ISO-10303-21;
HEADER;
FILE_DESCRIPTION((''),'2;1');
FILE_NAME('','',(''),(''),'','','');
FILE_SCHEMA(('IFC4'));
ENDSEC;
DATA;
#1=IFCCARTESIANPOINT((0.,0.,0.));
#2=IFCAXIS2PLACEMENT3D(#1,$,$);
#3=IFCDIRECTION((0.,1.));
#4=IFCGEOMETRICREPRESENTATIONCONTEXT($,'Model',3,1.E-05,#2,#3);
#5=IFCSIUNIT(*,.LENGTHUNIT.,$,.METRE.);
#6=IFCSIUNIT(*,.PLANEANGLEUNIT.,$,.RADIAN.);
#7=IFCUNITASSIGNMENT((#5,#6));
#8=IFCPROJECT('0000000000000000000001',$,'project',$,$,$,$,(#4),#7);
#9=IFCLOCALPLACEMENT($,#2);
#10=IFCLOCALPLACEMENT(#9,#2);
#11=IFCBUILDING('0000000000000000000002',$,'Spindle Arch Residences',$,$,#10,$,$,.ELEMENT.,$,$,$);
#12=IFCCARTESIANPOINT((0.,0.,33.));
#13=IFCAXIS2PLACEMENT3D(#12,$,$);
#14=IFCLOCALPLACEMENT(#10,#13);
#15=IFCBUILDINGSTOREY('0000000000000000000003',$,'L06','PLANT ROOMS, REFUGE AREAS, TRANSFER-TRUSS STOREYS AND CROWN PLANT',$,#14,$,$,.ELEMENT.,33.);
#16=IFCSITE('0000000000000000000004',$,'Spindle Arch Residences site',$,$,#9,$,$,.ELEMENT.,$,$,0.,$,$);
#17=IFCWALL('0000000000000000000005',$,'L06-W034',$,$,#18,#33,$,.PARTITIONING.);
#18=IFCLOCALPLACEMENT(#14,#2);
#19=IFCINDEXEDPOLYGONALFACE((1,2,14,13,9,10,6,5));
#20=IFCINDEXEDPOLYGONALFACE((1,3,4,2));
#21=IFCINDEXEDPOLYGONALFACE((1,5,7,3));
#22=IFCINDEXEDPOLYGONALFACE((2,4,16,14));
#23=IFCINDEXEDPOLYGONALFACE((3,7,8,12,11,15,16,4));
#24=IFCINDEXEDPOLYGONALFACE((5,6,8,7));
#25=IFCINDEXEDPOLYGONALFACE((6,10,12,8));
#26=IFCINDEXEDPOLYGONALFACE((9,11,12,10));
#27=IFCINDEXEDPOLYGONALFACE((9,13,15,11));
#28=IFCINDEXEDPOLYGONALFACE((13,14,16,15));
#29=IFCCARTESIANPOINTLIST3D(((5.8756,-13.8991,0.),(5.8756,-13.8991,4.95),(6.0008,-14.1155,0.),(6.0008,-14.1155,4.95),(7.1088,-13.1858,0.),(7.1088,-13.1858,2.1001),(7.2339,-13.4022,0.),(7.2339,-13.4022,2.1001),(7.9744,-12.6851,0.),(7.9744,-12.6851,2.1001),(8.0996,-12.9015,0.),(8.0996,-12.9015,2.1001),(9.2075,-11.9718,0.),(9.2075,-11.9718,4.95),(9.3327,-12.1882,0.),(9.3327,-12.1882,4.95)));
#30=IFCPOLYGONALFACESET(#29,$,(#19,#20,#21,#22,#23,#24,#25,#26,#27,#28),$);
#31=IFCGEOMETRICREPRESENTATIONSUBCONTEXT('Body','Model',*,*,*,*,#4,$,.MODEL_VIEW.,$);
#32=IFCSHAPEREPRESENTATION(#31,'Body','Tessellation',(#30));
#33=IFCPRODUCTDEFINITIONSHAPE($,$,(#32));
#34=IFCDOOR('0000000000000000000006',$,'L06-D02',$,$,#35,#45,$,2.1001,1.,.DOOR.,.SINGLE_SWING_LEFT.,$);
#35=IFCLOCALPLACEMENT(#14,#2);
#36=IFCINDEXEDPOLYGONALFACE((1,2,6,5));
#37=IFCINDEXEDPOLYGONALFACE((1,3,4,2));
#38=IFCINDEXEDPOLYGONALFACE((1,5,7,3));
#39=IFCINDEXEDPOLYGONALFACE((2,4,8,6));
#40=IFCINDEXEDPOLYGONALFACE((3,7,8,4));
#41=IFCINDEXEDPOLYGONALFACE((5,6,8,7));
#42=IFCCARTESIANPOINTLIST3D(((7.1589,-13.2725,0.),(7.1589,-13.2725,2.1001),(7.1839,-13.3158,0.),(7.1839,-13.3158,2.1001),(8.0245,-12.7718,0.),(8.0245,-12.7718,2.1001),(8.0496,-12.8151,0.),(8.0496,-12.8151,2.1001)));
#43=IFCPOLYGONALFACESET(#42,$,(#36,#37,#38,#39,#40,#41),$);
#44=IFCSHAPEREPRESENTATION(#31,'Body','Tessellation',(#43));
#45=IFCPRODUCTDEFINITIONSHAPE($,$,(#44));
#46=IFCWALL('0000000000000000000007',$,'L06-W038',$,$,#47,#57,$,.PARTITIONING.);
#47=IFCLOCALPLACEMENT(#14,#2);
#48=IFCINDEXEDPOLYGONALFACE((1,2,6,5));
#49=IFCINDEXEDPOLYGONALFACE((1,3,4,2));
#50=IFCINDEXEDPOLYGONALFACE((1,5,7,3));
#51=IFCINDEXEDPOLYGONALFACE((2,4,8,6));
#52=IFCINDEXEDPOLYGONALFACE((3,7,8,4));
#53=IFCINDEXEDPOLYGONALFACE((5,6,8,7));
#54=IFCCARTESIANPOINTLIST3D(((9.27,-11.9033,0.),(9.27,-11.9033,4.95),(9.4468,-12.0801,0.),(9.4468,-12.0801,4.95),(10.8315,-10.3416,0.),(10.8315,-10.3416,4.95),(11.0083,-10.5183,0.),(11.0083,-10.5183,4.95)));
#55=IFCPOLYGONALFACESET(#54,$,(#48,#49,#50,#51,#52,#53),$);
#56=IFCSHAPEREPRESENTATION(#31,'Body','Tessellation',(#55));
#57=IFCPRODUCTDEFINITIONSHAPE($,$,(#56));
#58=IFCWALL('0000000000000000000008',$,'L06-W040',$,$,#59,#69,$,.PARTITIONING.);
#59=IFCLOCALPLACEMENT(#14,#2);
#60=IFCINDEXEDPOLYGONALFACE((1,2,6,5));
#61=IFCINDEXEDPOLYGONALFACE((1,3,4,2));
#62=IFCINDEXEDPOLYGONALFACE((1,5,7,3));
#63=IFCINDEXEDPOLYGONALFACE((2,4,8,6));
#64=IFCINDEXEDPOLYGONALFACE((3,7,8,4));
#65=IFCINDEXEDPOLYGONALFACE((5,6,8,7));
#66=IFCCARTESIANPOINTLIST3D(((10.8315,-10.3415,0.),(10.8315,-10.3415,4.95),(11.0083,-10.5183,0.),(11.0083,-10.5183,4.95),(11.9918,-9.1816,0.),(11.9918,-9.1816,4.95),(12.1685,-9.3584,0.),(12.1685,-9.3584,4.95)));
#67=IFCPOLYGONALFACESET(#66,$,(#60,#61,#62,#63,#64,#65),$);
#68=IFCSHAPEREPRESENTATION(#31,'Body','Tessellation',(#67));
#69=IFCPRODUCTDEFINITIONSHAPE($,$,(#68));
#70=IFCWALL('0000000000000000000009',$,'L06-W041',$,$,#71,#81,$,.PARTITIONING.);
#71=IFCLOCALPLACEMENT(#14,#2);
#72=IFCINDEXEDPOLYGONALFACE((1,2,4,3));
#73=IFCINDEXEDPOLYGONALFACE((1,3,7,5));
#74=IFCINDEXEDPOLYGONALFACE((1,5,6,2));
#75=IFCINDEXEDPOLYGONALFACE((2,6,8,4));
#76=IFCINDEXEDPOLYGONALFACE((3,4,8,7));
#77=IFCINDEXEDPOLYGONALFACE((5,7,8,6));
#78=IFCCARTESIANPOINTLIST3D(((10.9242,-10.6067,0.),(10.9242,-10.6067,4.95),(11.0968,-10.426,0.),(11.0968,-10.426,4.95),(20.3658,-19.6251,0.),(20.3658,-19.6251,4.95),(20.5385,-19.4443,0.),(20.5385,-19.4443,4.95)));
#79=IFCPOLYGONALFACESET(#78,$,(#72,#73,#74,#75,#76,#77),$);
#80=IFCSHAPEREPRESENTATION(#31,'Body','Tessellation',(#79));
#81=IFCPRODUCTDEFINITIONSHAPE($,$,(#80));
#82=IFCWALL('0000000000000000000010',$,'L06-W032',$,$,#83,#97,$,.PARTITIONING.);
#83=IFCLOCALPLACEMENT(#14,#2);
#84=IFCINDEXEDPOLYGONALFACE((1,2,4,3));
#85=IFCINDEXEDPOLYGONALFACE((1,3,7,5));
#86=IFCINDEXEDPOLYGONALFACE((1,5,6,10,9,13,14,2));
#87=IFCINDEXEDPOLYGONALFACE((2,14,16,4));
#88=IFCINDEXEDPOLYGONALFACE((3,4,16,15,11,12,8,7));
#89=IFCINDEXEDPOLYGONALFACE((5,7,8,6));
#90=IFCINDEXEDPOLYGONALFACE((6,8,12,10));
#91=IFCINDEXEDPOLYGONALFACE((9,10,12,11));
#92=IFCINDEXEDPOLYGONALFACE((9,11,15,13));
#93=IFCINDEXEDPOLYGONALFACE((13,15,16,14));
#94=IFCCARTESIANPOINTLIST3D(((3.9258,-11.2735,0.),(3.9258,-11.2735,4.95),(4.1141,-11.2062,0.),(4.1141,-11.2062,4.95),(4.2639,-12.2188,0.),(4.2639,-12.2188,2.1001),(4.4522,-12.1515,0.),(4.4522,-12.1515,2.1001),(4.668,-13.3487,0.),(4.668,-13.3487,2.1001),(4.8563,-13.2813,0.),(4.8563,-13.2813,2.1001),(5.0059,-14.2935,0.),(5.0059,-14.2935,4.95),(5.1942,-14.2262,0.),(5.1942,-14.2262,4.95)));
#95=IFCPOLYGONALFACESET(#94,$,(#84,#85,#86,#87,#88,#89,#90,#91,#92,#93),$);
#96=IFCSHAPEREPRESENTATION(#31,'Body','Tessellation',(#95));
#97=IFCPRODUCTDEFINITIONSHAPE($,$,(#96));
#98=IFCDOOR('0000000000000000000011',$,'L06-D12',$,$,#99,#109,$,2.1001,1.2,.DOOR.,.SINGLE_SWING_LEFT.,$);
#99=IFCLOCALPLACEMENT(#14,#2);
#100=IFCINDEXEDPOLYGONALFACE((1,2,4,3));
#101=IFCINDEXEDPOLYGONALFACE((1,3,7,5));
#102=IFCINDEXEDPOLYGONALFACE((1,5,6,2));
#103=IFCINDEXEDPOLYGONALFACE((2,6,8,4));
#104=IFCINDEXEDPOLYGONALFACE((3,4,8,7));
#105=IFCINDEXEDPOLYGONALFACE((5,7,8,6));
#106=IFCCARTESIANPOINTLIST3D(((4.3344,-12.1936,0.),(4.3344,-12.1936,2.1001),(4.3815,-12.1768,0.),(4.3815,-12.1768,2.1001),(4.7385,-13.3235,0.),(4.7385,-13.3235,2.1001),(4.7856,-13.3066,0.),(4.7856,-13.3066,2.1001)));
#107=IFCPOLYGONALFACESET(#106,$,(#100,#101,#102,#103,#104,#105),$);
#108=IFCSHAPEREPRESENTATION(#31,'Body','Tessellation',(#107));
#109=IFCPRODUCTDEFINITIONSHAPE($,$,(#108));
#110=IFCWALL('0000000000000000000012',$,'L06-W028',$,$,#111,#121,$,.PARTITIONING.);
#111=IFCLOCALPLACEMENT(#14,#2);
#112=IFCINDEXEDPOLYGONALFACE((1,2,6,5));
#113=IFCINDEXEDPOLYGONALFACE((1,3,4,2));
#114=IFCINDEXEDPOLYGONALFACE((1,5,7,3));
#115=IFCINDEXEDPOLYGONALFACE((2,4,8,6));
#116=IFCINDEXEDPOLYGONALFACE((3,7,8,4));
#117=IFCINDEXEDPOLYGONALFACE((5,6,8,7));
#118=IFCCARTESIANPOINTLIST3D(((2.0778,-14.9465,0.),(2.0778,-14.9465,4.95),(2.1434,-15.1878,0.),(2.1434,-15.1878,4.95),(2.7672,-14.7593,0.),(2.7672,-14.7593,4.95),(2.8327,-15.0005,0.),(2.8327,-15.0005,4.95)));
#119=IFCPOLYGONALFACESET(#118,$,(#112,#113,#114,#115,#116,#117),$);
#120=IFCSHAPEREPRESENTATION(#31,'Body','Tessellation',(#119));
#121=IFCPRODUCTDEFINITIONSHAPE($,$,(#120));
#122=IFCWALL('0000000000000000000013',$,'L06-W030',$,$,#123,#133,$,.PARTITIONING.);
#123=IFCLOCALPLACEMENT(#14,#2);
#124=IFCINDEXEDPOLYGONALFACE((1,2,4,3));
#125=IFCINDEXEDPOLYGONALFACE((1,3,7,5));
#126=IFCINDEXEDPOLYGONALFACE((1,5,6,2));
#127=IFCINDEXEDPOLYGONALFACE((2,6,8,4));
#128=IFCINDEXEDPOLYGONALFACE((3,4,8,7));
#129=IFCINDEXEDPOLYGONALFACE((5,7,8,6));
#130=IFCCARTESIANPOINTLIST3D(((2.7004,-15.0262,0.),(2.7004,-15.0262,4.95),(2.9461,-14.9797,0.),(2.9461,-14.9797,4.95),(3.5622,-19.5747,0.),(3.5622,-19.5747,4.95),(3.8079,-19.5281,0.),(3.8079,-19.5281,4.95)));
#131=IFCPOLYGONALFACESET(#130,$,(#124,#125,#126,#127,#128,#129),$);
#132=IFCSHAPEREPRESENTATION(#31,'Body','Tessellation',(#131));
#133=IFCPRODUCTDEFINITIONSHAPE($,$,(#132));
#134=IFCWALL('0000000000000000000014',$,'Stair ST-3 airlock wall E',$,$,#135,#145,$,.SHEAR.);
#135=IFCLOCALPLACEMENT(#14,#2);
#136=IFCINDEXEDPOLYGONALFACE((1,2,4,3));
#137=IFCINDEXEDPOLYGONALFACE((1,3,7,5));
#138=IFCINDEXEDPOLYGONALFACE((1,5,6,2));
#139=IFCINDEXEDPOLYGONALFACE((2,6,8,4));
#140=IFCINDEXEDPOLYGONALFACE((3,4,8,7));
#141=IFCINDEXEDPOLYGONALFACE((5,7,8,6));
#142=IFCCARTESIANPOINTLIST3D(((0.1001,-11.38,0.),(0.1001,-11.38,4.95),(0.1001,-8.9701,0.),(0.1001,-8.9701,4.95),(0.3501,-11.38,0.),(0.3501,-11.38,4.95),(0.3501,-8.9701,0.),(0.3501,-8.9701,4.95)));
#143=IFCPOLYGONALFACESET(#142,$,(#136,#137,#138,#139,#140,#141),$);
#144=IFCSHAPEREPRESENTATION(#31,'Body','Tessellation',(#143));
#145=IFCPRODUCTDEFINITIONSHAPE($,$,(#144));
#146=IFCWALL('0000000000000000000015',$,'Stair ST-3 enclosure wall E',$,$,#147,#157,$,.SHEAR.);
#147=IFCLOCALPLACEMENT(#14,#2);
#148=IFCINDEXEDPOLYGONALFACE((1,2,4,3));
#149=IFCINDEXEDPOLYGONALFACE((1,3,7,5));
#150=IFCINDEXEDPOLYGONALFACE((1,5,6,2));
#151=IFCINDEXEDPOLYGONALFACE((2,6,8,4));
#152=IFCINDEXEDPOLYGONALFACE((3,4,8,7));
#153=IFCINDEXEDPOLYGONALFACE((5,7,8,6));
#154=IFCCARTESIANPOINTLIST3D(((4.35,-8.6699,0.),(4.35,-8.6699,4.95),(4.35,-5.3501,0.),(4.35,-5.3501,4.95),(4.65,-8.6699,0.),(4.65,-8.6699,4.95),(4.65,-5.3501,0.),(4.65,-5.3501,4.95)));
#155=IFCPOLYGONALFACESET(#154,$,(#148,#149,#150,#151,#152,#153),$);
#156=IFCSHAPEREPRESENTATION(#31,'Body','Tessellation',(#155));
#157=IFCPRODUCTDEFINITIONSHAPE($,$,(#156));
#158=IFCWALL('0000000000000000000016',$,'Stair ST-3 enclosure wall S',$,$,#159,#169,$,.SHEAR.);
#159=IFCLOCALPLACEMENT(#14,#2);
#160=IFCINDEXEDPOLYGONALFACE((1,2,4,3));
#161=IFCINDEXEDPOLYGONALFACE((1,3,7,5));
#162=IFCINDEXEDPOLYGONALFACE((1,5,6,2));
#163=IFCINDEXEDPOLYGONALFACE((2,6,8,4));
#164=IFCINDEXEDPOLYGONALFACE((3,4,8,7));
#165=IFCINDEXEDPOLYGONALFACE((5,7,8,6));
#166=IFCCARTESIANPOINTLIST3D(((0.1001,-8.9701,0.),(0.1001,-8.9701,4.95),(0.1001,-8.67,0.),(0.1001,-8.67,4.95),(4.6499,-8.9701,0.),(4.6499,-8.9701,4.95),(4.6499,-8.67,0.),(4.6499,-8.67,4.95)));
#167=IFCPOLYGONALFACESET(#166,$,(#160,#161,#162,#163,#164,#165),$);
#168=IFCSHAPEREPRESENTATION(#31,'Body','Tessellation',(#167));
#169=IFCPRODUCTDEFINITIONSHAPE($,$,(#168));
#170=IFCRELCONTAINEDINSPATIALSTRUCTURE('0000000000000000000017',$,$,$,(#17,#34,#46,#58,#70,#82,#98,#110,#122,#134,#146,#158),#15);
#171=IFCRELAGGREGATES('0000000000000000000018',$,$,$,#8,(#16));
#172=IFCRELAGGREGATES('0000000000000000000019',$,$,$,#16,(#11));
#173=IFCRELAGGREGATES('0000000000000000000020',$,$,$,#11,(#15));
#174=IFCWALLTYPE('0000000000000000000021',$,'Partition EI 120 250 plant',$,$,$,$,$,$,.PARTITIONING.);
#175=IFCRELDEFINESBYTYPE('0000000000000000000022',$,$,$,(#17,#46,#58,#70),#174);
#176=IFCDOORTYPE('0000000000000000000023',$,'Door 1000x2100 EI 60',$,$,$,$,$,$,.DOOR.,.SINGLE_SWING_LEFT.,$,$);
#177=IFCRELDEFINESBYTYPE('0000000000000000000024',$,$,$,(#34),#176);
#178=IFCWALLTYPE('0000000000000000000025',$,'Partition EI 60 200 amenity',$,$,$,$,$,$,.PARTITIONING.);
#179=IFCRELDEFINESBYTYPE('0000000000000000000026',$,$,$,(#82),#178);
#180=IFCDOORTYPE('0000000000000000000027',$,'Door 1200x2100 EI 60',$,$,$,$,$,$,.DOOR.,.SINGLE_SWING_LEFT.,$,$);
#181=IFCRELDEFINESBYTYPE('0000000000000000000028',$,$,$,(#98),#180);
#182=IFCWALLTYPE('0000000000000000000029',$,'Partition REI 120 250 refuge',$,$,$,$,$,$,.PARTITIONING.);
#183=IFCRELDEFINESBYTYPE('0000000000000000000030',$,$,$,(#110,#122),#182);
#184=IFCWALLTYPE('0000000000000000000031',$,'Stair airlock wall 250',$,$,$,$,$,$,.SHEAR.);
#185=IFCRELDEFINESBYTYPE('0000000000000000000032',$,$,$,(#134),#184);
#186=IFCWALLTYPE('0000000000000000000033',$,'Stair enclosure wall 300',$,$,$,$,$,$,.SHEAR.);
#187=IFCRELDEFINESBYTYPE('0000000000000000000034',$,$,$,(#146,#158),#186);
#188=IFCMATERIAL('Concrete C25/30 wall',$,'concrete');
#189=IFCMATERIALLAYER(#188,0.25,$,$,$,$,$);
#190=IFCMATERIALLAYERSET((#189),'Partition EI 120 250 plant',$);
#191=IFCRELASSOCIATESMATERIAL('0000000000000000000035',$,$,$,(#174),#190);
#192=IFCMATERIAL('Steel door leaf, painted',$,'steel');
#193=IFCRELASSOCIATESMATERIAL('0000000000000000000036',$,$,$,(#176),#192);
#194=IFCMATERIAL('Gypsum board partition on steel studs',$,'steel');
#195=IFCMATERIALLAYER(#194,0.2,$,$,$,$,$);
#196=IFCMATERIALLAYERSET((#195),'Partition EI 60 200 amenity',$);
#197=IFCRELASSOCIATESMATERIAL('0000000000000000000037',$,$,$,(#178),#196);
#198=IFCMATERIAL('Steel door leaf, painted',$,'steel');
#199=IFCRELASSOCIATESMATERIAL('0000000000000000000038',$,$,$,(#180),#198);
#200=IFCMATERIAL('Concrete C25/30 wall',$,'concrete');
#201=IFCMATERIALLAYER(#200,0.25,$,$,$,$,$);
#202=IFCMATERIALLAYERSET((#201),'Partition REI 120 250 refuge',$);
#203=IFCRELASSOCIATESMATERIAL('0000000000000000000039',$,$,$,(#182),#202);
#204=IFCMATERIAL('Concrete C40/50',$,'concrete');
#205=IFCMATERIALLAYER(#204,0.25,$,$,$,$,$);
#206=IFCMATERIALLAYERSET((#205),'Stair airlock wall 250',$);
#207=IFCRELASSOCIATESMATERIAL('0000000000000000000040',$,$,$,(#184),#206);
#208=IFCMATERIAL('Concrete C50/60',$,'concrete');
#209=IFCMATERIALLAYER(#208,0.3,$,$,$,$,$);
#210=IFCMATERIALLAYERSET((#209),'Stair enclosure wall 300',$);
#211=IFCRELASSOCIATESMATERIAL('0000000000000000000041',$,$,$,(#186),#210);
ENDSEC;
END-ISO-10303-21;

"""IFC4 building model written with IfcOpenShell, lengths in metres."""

from ifc_helpers import new_model, si_unit, direction, frame, frame_2d, origin, place, context, subcontext, project, spatial, rectangle, extrude, material, layer, layer_set, type_object, element, fill, save


model = new_model("IFC4")

# Units and contexts
model_context = context("Model", 3, precision=1e-05, world=origin(), true_north=direction((0.0, 1.0)))
body_context = subcontext(model_context, "Body", "Model", "MODEL_VIEW")
ifc_project = project(units=[si_unit("LENGTHUNIT", "METRE"), si_unit("PLANEANGLEUNIT", "RADIAN")], contexts=[model_context])

# Site, building, storey
site_placement = place(None, origin())
site = spatial("IfcSite", under=ifc_project, at=site_placement, Name="Spindle Arch Residences site", CompositionType="ELEMENT", RefElevation=0.0)
building_placement = place(site_placement, origin())
building = spatial("IfcBuilding", under=site, at=building_placement, Name="Spindle Arch Residences", CompositionType="ELEMENT")
storey_placement = place(building_placement, frame((0.0, 0.0, 33.0)))
storey = spatial("IfcBuildingStorey", under=building, at=storey_placement, Name="L06", Description="PLANT ROOMS, REFUGE AREAS, TRANSFER-TRUSS STOREYS AND CROWN PLANT", CompositionType="ELEMENT", Elevation=33.0)

# Shared definitions
ifc_material_1 = material(Name="Concrete C25/30 wall", Category="concrete")
ifc_layer_1 = layer(ifc_material_1, 0.25)
ifc_layer_set_1 = layer_set([ifc_layer_1], Name="Partition EI 120 250 plant")
wall_type_1 = type_object("IfcWallType", Name="Partition EI 120 250 plant", PredefinedType="PARTITIONING", material=ifc_layer_set_1)

# Wall, opening, door
wall_1_placement = place(storey_placement, frame((5.9382, -14.0073, 0.0), z_axis=(0.0, 0.0, 1.0), x_axis=(0.865616, 0.500709, 0.0)))
wall_1 = element("IfcWall", 1, at=wall_1_placement, inside=storey, type_object=wall_type_1, Name="L06-W034", PredefinedType="PARTITIONING", context=body_context, shape_type="SweptSolid", body=[
    extrude(rectangle(XDim=3.8491, YDim=0.25, at=frame_2d((1.9246, 0.0))), origin(), (0.0, 0.0, 1.0), 4.95),
])
opening_1_placement = place(wall_1_placement, frame((1.4246, 0.0, 0.0)))
opening_1 = element("IfcOpeningElement", 2, at=opening_1_placement, cuts=wall_1, PredefinedType="OPENING", context=body_context, shape_type="SweptSolid", body=[
    extrude(rectangle(XDim=1.0, YDim=2.1001, at=frame_2d((0.5, 1.05))), frame((0.0, 0.135, 0.0), z_axis=(0.0, -1.0, 0.0), x_axis=(1.0, 0.0, 0.0)), (0.0, 0.0, 1.0), 0.27),
])
ifc_material_2 = material(Name="Steel door leaf, painted", Category="steel")
door_type_1 = type_object("IfcDoorType", Name="Door 1000x2100 EI 60", OperationType="SINGLE_SWING_LEFT", PredefinedType="DOOR", material=ifc_material_2)
door_1_placement = place(opening_1_placement, origin())
door_1 = element("IfcDoor", 3, at=door_1_placement, inside=storey, type_object=door_type_1, Name="L06-D02", OperationType="SINGLE_SWING_LEFT", OverallHeight=2.1001, OverallWidth=1.0, PredefinedType="DOOR", context=body_context, shape_type="SweptSolid", body=[
    extrude(rectangle(XDim=1.0, YDim=2.1001, at=frame_2d((0.5, 1.05))), frame((0.0, 0.0249, 0.0), z_axis=(0.0, -1.0, 0.0), x_axis=(1.0, 0.0, 0.0)), (0.0, 0.0, 1.0), 0.05),
])
fill(opening_1, door_1)

# Walls
wall_2_placement = place(storey_placement, frame((9.3584, -11.9917, 0.0), z_axis=(0.0, 0.0, 1.0), x_axis=(0.707052, 0.707162, 0.0)))
element("IfcWall", 4, at=wall_2_placement, inside=storey, type_object=wall_type_1, Name="L06-W038", PredefinedType="PARTITIONING", context=body_context, shape_type="SweptSolid", body=[
    extrude(rectangle(XDim=2.2085, YDim=0.25, at=frame_2d((1.1042, 0.0))), origin(), (0.0, 0.0, 1.0), 4.95),
])
wall_3_placement = place(storey_placement, frame((10.9199, -10.4299, 0.0), z_axis=(0.0, 0.0, 1.0), x_axis=(0.707181, 0.707032, 0.0)))
element("IfcWall", 5, at=wall_3_placement, inside=storey, type_object=wall_type_1, Name="L06-W040", PredefinedType="PARTITIONING", context=body_context, shape_type="SweptSolid", body=[
    extrude(rectangle(XDim=1.6406, YDim=0.25, at=frame_2d((0.8203, 0.0))), origin(), (0.0, 0.0, 1.0), 4.95),
])
wall_4_placement = place(storey_placement, frame((11.0105, -10.5164, 0.0), z_axis=(0.0, 0.0, 1.0), x_axis=(0.723133, -0.690709, 0.0)))
element("IfcWall", 6, at=wall_4_placement, inside=storey, type_object=wall_type_1, Name="L06-W041", PredefinedType="PARTITIONING", context=body_context, shape_type="SweptSolid", body=[
    extrude(rectangle(XDim=13.0566, YDim=0.25, at=frame_2d((6.5283, 0.0))), origin(), (0.0, 0.0, 1.0), 4.95),
])

# Wall, opening, door
ifc_material_3 = material(Name="Gypsum board partition on steel studs", Category="steel")
ifc_layer_2 = layer(ifc_material_3, 0.2)
ifc_layer_set_2 = layer_set([ifc_layer_2], Name="Partition EI 60 200 amenity")
wall_type_2 = type_object("IfcWallType", Name="Partition EI 60 200 amenity", PredefinedType="PARTITIONING", material=ifc_layer_set_2)
wall_5_placement = place(storey_placement, frame((4.02, -11.24, 0.0), z_axis=(0.0, 0.0, 1.0), x_axis=(0.336751, -0.941594, 0.0)))
wall_5 = element("IfcWall", 7, at=wall_5_placement, inside=storey, type_object=wall_type_2, Name="L06-W032", PredefinedType="PARTITIONING", context=body_context, shape_type="SweptSolid", body=[
    extrude(rectangle(XDim=3.2073, YDim=0.2, at=frame_2d((1.6035, 0.0))), origin(), (0.0, 0.0, 1.0), 4.95),
])
opening_2_placement = place(wall_5_placement, frame((1.0037, 0.0, 0.0)))
opening_2 = element("IfcOpeningElement", 8, at=opening_2_placement, cuts=wall_5, PredefinedType="OPENING", context=body_context, shape_type="SweptSolid", body=[
    extrude(rectangle(XDim=1.2, YDim=2.1001, at=frame_2d((0.6001, 1.05))), frame((0.0, 0.1099, 0.0), z_axis=(0.0, -1.0, 0.0), x_axis=(1.0, 0.0, 0.0)), (0.0, 0.0, 1.0), 0.22),
])
ifc_material_4 = material(Name="Steel door leaf, painted", Category="steel")
door_type_2 = type_object("IfcDoorType", Name="Door 1200x2100 EI 60", OperationType="SINGLE_SWING_LEFT", PredefinedType="DOOR", material=ifc_material_4)
door_2_placement = place(opening_2_placement, origin())
door_2 = element("IfcDoor", 9, at=door_2_placement, inside=storey, type_object=door_type_2, Name="L06-D12", OperationType="SINGLE_SWING_LEFT", OverallHeight=2.1001, OverallWidth=1.2, PredefinedType="DOOR", context=body_context, shape_type="SweptSolid", body=[
    extrude(rectangle(XDim=1.2, YDim=2.1001, at=frame_2d((0.6001, 1.05))), frame((0.0, 0.0249, 0.0), z_axis=(0.0, -1.0, 0.0), x_axis=(1.0, 0.0, 0.0)), (0.0, 0.0, 1.0), 0.05),
])
fill(opening_2, door_2)

# Walls
ifc_material_5 = material(Name="Concrete C25/30 wall", Category="concrete")
ifc_layer_3 = layer(ifc_material_5, 0.25)
ifc_layer_set_3 = layer_set([ifc_layer_3], Name="Partition REI 120 250 refuge")
wall_type_3 = type_object("IfcWallType", Name="Partition REI 120 250 refuge", PredefinedType="PARTITIONING", material=ifc_layer_set_3)
wall_6_placement = place(storey_placement, frame((2.1106, -15.0671, 0.0), z_axis=(0.0, 0.0, 1.0), x_axis=(0.965039, 0.262105, 0.0)))
element("IfcWall", 10, at=wall_6_placement, inside=storey, type_object=wall_type_3, Name="L06-W028", PredefinedType="PARTITIONING", context=body_context, shape_type="SweptSolid", body=[
    extrude(rectangle(XDim=0.7144, YDim=0.25, at=frame_2d((0.3572, 0.0))), origin(), (0.0, 0.0, 1.0), 4.95),
])
wall_7_placement = place(storey_placement, frame((2.8232, -15.0029, 0.0), z_axis=(0.0, 0.0, 1.0), x_axis=(0.186157, -0.98252, 0.0)))
element("IfcWall", 11, at=wall_7_placement, inside=storey, type_object=wall_type_3, Name="L06-W030", PredefinedType="PARTITIONING", context=body_context, shape_type="SweptSolid", body=[
    extrude(rectangle(XDim=4.6294, YDim=0.25, at=frame_2d((2.3147, 0.0))), origin(), (0.0, 0.0, 1.0), 4.95),
])
ifc_material_6 = material(Name="Concrete C40/50", Category="concrete")
ifc_layer_4 = layer(ifc_material_6, 0.25)
ifc_layer_set_4 = layer_set([ifc_layer_4], Name="Stair airlock wall 250")
wall_type_4 = type_object("IfcWallType", Name="Stair airlock wall 250", PredefinedType="SHEAR", material=ifc_layer_set_4)
wall_8_placement = place(storey_placement, frame((0.2251, -8.97, 0.0), z_axis=(0.0, 0.0, 1.0), x_axis=(0.0, -1.0, 0.0)))
element("IfcWall", 12, at=wall_8_placement, inside=storey, type_object=wall_type_4, Name="Stair ST-3 airlock wall E", PredefinedType="SHEAR", context=body_context, shape_type="SweptSolid", body=[
    extrude(rectangle(XDim=2.4099, YDim=0.25, at=frame_2d((1.2051, 0.0))), origin(), (0.0, 0.0, 1.0), 4.95),
])
ifc_material_7 = material(Name="Concrete C50/60", Category="concrete")
ifc_layer_5 = layer(ifc_material_7, 0.3)
ifc_layer_set_5 = layer_set([ifc_layer_5], Name="Stair enclosure wall 300")
wall_type_5 = type_object("IfcWallType", Name="Stair enclosure wall 300", PredefinedType="SHEAR", material=ifc_layer_set_5)
wall_9_placement = place(storey_placement, frame((4.5, -8.6699, 0.0), z_axis=(0.0, 0.0, 1.0), x_axis=(0.0, 1.0, 0.0)))
element("IfcWall", 13, at=wall_9_placement, inside=storey, type_object=wall_type_5, Name="Stair ST-3 enclosure wall E", PredefinedType="SHEAR", context=body_context, shape_type="SweptSolid", body=[
    extrude(rectangle(XDim=3.3198, YDim=0.3, at=frame_2d((1.6599, 0.0))), origin(), (0.0, 0.0, 1.0), 4.95),
])
wall_10_placement = place(storey_placement, frame((0.1001, -8.8201, 0.0), z_axis=(0.0, 0.0, 1.0), x_axis=(1.0, 0.0, 0.0)))
element("IfcWall", 14, at=wall_10_placement, inside=storey, type_object=wall_type_5, Name="Stair ST-3 enclosure wall S", PredefinedType="SHEAR", context=body_context, shape_type="SweptSolid", body=[
    extrude(rectangle(XDim=4.5498, YDim=0.3, at=frame_2d((2.2749, 0.0))), origin(), (0.0, 0.0, 1.0), 4.95),
])

save(model, "model.ifc")
